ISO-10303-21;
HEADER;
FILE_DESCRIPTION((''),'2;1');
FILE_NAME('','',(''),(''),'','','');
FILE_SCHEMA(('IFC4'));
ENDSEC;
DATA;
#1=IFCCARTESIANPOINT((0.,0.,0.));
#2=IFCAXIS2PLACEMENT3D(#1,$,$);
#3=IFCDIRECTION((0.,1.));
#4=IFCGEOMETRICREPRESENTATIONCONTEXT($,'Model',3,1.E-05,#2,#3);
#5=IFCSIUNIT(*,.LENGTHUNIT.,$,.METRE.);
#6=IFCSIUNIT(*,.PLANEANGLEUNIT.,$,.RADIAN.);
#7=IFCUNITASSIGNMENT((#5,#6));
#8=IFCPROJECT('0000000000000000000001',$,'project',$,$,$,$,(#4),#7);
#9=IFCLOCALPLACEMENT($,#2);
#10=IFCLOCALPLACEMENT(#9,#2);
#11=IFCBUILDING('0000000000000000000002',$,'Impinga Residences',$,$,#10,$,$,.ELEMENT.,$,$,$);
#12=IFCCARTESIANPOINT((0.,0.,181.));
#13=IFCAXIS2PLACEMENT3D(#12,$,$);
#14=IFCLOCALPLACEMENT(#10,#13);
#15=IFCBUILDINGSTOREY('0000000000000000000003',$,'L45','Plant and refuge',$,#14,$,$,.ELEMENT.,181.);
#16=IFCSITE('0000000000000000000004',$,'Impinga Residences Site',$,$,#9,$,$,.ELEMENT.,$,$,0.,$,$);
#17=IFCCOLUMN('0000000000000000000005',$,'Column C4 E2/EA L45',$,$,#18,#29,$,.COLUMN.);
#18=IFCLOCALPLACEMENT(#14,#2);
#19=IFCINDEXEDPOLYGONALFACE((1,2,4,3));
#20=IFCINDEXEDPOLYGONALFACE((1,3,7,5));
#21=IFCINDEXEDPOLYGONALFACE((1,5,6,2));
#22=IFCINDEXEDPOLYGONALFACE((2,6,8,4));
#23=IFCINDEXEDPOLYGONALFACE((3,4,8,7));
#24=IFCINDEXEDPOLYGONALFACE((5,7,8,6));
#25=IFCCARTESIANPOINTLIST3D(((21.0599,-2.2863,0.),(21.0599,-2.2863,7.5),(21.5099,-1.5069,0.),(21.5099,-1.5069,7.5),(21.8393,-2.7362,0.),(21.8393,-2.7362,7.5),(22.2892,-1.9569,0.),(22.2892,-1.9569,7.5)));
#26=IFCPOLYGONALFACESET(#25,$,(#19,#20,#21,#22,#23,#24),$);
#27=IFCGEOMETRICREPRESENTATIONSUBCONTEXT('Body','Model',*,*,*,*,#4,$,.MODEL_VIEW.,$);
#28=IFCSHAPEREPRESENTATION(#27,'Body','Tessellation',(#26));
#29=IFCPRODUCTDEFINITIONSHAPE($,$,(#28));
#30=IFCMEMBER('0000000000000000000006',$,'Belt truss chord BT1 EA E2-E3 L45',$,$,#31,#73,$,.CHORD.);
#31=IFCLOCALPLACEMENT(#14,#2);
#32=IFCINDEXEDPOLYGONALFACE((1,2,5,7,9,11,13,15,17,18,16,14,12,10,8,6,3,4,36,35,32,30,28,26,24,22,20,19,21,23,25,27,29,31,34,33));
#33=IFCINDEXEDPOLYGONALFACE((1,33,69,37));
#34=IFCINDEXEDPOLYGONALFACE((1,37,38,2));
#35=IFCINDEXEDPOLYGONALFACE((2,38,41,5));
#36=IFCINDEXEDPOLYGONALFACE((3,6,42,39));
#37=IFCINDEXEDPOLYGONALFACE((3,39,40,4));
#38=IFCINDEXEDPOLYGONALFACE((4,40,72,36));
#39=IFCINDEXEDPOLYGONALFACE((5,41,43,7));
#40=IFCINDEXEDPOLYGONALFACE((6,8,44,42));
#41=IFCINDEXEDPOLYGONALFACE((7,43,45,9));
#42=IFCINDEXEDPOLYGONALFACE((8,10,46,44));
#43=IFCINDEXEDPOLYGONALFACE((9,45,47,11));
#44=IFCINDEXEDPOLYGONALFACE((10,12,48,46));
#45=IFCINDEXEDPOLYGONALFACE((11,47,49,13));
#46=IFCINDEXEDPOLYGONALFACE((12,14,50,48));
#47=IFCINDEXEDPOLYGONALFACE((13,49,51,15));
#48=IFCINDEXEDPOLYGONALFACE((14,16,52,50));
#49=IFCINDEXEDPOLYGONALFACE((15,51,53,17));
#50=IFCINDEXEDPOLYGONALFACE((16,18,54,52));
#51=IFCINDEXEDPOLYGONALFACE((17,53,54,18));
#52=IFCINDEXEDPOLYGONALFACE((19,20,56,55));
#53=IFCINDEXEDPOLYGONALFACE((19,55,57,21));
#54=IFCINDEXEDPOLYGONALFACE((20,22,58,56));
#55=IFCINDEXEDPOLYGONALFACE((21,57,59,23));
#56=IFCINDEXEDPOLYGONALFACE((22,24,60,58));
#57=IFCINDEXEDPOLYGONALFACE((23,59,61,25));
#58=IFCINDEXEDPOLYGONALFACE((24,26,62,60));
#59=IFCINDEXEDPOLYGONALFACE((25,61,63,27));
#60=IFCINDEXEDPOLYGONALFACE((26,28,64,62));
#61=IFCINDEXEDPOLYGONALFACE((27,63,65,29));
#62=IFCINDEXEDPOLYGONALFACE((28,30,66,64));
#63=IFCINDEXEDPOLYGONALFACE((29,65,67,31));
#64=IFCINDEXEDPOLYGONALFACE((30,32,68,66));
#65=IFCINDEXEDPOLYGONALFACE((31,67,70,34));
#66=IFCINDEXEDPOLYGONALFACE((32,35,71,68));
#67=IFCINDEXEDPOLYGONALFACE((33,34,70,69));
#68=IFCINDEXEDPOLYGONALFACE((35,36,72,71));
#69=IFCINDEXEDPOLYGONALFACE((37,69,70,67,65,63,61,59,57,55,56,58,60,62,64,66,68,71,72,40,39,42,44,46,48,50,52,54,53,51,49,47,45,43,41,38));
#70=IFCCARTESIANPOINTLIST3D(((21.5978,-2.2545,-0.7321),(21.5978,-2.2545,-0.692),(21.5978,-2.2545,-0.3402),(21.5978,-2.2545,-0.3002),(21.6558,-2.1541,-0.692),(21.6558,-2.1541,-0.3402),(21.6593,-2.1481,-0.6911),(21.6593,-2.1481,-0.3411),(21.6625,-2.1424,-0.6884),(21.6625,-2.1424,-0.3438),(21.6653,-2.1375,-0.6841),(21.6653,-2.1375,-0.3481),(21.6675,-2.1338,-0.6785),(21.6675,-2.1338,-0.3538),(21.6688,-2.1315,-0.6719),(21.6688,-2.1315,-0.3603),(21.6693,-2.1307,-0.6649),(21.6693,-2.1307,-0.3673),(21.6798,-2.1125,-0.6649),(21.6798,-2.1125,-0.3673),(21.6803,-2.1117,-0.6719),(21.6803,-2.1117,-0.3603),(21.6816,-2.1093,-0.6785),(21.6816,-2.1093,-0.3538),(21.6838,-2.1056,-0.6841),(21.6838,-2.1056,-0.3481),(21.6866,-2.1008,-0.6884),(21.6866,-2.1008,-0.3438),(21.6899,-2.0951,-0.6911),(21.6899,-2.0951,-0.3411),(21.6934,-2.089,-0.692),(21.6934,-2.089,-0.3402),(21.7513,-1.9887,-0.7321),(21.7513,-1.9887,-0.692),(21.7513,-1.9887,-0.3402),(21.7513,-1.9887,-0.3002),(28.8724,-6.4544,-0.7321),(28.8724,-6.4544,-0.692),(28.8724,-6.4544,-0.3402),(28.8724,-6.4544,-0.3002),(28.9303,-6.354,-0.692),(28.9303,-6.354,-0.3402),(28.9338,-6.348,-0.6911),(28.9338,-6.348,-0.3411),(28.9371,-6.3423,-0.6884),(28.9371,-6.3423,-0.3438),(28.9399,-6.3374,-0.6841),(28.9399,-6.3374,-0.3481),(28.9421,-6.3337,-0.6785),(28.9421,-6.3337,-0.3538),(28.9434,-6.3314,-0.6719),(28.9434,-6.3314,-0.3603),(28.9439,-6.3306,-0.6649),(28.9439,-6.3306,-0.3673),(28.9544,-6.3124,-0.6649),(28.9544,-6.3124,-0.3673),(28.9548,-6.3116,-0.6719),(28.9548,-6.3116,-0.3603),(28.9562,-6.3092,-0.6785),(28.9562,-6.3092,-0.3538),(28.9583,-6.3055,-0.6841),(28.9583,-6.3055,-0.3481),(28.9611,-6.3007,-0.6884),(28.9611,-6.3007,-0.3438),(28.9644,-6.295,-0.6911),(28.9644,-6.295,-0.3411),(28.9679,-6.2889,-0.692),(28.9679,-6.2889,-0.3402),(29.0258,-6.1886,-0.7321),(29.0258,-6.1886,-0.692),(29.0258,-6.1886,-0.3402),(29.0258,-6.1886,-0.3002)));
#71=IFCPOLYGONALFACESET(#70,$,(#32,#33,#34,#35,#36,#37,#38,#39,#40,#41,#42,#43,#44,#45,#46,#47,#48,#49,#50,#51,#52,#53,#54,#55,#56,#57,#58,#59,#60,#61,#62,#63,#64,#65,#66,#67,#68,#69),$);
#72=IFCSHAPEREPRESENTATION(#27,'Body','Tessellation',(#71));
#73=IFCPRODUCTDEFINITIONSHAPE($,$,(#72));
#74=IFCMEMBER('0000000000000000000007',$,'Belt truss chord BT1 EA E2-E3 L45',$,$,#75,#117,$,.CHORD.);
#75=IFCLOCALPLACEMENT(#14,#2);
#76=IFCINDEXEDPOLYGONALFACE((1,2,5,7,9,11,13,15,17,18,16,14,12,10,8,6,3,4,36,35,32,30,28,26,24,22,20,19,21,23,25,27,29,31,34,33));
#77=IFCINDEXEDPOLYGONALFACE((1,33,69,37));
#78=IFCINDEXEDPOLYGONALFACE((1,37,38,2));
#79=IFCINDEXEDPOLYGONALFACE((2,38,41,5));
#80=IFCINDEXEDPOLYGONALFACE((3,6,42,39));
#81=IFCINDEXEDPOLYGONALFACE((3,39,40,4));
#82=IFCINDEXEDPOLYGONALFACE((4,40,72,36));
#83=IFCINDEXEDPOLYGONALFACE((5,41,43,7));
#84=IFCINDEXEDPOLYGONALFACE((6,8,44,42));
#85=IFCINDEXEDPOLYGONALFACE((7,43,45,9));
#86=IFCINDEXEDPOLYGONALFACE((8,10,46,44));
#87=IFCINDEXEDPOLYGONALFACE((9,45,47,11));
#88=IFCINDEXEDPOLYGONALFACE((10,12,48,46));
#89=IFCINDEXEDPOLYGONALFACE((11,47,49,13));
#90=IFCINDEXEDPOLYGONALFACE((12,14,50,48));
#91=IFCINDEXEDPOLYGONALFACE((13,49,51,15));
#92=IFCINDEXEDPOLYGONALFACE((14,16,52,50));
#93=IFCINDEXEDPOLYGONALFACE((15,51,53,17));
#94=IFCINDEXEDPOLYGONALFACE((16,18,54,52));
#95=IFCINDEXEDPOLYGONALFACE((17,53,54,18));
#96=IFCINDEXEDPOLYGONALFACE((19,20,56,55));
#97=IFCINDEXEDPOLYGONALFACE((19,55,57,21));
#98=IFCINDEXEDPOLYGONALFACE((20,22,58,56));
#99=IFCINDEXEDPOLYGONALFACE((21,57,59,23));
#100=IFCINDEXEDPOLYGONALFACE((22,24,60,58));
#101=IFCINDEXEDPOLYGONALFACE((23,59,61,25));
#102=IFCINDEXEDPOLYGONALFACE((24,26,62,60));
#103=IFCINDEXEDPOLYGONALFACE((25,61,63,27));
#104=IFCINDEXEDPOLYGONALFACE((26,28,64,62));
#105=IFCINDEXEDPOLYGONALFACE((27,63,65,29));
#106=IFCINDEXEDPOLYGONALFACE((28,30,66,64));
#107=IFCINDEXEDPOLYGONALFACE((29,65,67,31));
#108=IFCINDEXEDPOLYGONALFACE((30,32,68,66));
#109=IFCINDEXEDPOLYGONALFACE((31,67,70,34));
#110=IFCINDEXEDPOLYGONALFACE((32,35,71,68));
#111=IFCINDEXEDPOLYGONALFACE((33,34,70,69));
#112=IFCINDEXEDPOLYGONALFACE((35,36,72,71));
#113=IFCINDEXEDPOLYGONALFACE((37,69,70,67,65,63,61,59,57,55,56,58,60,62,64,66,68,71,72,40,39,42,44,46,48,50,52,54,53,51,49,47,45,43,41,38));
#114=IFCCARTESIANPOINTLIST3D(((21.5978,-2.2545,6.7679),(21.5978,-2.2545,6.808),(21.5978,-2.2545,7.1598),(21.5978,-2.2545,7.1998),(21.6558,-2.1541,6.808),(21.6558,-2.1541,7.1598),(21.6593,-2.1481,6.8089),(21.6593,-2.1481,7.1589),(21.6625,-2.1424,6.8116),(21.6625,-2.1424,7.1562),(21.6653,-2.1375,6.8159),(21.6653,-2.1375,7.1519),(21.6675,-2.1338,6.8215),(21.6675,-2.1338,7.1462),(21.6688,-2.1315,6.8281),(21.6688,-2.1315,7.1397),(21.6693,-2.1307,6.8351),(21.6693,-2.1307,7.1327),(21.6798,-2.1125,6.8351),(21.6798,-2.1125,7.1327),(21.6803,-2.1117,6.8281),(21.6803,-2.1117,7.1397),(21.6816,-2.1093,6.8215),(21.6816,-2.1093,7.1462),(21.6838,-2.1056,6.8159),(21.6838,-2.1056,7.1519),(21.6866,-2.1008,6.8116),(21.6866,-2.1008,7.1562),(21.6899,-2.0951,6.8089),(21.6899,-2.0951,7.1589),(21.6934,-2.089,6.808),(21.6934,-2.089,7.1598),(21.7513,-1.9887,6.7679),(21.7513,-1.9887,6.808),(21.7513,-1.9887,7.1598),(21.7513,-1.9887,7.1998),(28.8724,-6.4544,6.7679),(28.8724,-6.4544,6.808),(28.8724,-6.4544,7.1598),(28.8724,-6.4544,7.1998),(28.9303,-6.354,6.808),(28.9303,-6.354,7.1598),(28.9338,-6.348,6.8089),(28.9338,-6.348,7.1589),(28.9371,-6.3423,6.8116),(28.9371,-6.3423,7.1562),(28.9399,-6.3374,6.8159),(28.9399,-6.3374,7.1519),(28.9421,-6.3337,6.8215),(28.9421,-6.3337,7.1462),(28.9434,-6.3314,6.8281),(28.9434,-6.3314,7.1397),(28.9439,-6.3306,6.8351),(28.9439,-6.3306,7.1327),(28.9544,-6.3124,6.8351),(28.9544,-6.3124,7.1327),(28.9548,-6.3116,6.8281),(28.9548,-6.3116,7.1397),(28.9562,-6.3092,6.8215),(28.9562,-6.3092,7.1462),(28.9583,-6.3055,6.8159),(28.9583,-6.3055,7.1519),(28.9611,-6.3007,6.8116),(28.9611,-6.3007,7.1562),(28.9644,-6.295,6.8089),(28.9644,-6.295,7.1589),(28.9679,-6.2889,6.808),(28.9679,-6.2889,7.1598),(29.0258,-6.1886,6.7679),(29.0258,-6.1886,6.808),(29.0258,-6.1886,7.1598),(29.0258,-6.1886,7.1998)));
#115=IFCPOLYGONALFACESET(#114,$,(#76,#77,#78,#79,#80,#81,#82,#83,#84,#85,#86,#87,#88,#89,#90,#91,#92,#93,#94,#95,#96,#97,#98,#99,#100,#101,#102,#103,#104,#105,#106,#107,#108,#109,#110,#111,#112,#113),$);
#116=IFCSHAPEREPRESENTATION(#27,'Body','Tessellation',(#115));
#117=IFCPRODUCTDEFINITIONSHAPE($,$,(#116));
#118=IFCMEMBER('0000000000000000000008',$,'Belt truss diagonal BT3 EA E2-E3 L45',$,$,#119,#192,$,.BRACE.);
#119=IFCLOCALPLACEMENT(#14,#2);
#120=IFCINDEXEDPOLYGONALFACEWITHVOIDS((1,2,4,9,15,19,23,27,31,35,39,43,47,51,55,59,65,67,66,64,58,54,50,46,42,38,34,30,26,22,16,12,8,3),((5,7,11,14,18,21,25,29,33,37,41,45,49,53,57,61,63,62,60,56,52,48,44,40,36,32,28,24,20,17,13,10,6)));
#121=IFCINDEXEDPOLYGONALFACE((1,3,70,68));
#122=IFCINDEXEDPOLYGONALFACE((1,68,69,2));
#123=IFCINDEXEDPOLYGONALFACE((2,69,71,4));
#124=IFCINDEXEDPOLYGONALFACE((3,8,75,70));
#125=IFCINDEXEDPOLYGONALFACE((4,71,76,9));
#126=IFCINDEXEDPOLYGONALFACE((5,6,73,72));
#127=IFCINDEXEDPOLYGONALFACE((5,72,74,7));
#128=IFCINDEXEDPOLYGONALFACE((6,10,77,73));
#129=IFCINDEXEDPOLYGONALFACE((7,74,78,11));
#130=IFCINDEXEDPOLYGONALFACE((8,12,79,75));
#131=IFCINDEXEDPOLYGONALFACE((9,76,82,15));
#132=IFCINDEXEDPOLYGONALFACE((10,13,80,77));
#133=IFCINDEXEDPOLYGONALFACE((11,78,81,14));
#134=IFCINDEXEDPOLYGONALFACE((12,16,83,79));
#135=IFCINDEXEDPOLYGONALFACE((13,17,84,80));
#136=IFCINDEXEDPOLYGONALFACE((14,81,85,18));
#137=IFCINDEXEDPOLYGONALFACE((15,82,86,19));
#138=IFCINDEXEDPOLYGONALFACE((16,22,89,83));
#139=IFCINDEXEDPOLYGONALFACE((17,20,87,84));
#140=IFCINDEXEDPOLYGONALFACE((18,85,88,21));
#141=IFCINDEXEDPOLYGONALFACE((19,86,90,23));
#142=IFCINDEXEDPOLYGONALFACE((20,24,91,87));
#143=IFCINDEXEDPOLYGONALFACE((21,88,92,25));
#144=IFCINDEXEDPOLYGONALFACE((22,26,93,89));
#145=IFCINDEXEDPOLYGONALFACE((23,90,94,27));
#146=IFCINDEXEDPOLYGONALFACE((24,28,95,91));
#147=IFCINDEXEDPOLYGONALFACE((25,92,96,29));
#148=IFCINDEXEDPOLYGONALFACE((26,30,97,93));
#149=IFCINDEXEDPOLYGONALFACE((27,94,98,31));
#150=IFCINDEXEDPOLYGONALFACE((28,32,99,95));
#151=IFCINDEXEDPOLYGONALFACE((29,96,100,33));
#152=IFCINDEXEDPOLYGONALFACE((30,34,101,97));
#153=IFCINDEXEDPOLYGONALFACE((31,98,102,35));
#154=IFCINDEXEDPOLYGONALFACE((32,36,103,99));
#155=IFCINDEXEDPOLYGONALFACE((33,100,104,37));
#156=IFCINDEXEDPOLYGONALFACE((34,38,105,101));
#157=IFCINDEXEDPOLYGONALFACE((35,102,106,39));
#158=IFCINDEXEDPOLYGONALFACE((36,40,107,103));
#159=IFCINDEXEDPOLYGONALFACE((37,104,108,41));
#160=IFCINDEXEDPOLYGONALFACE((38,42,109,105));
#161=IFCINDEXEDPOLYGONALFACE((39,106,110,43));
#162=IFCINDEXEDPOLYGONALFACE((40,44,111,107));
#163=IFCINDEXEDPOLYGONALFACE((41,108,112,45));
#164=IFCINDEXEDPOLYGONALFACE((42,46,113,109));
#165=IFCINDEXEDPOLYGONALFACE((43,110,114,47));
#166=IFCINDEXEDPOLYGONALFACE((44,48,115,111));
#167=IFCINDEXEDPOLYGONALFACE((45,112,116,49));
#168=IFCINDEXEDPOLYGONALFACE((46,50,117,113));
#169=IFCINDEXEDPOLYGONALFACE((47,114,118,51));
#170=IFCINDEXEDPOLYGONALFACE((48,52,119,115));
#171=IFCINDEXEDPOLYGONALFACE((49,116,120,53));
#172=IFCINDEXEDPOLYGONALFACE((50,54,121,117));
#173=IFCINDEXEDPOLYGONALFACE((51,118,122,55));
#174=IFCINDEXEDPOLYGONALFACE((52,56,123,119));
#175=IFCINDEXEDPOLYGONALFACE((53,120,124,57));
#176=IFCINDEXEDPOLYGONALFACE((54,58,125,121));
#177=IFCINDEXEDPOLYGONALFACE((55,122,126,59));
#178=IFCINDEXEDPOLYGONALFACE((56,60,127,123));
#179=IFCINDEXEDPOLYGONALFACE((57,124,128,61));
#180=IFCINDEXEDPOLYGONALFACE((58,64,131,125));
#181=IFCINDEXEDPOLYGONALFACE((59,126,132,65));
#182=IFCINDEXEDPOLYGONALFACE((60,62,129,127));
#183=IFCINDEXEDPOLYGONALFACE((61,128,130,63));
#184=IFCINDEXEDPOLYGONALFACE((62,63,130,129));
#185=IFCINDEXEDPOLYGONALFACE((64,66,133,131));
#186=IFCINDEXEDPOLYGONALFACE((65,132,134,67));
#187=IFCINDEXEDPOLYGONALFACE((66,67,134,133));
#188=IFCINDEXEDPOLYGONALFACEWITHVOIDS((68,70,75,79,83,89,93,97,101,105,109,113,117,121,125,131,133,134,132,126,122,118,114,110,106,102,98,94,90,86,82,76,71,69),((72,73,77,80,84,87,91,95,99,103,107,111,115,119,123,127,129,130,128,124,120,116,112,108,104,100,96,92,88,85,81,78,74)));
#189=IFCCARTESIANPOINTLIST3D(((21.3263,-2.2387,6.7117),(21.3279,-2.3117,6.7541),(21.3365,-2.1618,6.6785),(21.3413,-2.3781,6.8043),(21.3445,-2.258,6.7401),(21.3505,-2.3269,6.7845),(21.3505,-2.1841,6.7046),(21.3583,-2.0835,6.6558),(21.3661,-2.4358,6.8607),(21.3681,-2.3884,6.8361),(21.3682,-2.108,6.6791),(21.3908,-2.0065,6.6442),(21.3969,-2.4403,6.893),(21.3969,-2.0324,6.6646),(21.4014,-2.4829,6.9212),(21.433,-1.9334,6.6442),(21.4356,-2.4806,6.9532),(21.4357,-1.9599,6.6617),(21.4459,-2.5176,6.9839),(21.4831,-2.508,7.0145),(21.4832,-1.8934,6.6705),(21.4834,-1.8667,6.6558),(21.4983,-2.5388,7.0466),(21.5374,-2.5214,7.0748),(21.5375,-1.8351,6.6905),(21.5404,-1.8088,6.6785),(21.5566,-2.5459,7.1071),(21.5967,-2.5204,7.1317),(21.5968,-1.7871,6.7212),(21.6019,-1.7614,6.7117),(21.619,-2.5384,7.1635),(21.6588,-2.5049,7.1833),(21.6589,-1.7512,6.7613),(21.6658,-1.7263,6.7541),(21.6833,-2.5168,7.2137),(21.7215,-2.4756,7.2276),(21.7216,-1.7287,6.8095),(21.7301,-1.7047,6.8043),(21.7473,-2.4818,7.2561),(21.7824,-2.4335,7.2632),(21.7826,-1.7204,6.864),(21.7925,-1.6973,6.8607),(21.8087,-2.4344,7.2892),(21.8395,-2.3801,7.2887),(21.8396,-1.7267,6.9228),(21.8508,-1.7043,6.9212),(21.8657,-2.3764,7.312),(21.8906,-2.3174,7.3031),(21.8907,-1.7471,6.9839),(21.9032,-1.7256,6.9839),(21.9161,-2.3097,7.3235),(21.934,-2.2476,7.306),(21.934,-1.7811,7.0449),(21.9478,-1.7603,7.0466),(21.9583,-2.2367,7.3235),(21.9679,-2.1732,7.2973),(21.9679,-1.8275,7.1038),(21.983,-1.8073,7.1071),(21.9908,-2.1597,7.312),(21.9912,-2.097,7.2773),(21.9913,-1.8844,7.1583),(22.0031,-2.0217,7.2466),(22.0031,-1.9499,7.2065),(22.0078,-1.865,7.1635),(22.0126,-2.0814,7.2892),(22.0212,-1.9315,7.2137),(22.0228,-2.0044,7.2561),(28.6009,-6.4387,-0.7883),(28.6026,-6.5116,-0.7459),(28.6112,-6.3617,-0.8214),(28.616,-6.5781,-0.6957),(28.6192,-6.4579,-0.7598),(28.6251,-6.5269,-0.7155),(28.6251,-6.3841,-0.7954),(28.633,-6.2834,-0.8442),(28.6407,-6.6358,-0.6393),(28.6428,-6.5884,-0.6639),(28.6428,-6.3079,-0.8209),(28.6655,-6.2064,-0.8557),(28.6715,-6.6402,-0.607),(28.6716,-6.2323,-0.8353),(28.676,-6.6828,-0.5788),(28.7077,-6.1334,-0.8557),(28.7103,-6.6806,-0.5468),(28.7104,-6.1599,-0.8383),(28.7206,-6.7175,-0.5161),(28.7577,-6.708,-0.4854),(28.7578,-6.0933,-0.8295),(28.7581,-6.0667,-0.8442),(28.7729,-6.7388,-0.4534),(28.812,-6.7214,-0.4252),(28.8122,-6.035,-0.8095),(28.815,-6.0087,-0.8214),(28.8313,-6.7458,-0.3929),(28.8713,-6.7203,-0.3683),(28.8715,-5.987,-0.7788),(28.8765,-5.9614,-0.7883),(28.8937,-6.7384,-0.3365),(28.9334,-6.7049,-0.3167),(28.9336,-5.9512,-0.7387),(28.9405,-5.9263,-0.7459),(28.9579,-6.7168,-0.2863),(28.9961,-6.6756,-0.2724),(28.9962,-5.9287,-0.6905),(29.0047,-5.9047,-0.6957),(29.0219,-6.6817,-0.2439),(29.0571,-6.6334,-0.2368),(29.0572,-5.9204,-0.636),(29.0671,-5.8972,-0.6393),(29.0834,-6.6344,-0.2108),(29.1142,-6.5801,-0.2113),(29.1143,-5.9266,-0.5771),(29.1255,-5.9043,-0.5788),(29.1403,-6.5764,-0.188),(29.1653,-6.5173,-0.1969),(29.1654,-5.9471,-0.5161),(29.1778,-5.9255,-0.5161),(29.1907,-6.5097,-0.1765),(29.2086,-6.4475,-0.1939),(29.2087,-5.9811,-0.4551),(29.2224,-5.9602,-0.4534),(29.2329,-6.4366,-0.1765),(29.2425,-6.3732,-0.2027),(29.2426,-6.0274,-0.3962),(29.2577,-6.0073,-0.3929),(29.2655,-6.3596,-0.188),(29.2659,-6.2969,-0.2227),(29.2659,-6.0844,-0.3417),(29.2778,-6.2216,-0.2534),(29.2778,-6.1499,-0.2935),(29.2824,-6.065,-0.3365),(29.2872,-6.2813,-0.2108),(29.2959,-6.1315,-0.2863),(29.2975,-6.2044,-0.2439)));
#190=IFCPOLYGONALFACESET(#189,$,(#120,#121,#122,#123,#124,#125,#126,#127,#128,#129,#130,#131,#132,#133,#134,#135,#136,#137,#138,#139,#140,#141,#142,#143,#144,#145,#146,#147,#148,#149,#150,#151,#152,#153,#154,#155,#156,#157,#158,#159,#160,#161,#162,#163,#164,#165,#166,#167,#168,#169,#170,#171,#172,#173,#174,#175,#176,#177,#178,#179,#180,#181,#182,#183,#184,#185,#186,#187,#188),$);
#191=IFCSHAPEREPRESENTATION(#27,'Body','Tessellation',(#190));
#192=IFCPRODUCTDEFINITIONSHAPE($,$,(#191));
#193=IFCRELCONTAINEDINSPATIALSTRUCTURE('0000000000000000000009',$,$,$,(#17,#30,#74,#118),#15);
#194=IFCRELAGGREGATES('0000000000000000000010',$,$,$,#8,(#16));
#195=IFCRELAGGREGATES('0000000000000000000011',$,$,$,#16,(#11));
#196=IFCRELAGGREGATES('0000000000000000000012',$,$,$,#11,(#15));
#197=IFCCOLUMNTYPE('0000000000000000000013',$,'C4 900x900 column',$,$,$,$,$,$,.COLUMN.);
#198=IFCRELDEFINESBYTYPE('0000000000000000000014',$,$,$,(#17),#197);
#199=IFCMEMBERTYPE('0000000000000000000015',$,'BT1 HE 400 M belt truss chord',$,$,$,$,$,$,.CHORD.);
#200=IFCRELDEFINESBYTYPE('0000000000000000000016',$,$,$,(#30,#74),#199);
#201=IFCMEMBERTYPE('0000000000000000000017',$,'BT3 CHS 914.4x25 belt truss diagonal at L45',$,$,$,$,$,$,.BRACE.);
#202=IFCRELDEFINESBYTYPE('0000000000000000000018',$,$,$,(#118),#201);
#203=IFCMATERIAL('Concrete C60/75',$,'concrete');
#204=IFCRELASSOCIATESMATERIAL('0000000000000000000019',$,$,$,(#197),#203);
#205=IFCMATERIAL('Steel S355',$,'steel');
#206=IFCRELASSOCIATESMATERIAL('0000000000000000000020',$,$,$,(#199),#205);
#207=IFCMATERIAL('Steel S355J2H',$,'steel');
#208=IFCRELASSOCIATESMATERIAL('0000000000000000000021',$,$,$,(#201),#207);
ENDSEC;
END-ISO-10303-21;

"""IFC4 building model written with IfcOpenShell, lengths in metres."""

from ifc_helpers import new_model, si_unit, direction, frame, origin, origin_2d, place, context, subcontext, project, spatial, rectangle, hollow_circle, i_section, extrude, material, material_profile, profile_set, type_object, element, save


model = new_model("IFC4")

# Units and contexts
model_context = context("Model", 3, precision=1e-05, world=origin(), true_north=direction((0.0, 1.0)))
body_context = subcontext(model_context, "Body", "Model", "MODEL_VIEW")
ifc_project = project(units=[si_unit("LENGTHUNIT", "METRE"), si_unit("PLANEANGLEUNIT", "RADIAN")], contexts=[model_context])

# Site, building, storey
site_placement = place(None, origin())
site = spatial("IfcSite", under=ifc_project, at=site_placement, Name="Impinga Residences Site", CompositionType="ELEMENT", RefElevation=0.0)
building_placement = place(site_placement, origin())
building = spatial("IfcBuilding", under=site, at=building_placement, Name="Impinga Residences", CompositionType="ELEMENT")
storey_placement = place(building_placement, frame((0.0, 0.0, 181.0)))
storey = spatial("IfcBuildingStorey", under=building, at=storey_placement, Name="L45", Description="Plant and refuge", CompositionType="ELEMENT", Elevation=181.0)

# Column
ifc_material_1 = material(Name="Concrete C60/75", Category="concrete")
ifc_material_profile_1 = material_profile(ifc_material_1, rectangle(XDim=0.8999, YDim=0.8999, at=origin_2d()), Name="RC 900x900")
ifc_profile_set_1 = profile_set([ifc_material_profile_1], Name="Concrete C60/75")
column_type = type_object("IfcColumnType", Name="C4 900x900 column", PredefinedType="COLUMN", material=ifc_profile_set_1)
column_placement = place(storey_placement, frame((21.6746, -2.1216, 0.0), z_axis=(0.0, 0.0, 1.0), x_axis=(-0.5, -0.866025, 0.0)))
element("IfcColumn", 1, at=column_placement, inside=storey, type_object=column_type, Name="Column C4 E2/EA L45", PredefinedType="COLUMN", context=body_context, shape_type="SweptSolid", body=[
    extrude(rectangle(XDim=0.8999, YDim=0.8999, at=origin_2d()), origin(), (0.0, 0.0, 1.0), 7.5),
])

# Members
ifc_material_2 = material(Name="Steel S355", Category="steel")
ifc_material_profile_2 = material_profile(ifc_material_2, i_section(OverallWidth=0.3069, OverallDepth=0.4319, WebThickness=0.021, FlangeThickness=0.04, FilletRadius=0.0271, at=origin_2d()), Name="HE 400 M")
ifc_profile_set_2 = profile_set([ifc_material_profile_2], Name="Steel S355")
member_type_1 = type_object("IfcMemberType", Name="BT1 HE 400 M belt truss chord", PredefinedType="CHORD", material=ifc_profile_set_2)
for number, where, z_axis, x_axis, name in (
    (2, (21.6746, -2.1216, -0.5161), (0.866029, -0.499993, 0.0), (0.499993, 0.866029, 0.0), "Belt truss chord BT1 EA E2-E3 L45"),
    (3, (21.6746, -2.1216, 6.9839), (0.866029, -0.499993, 0.0), (0.499993, 0.866029, 0.0), "Belt truss chord BT1 EA E2-E3 L45"),
):
    element("IfcMember", number, at=place(storey_placement, frame(where, z_axis=z_axis, x_axis=x_axis)), inside=storey, type_object=member_type_1, Name=name, PredefinedType="CHORD", context=body_context, shape_type="SweptSolid", body=[
        extrude(i_section(OverallWidth=0.3069, OverallDepth=0.4319, WebThickness=0.021, FlangeThickness=0.04, FilletRadius=0.0271, at=origin_2d()), origin(), (0.0, 0.0, 1.0), 8.3999),
    ])
ifc_material_3 = material(Name="Steel S355J2H", Category="steel")
ifc_material_profile_3 = material_profile(ifc_material_3, hollow_circle(Radius=0.4573, WallThickness=0.0249, at=origin_2d()), Name="CHS 914.4x25")
ifc_profile_set_3 = profile_set([ifc_material_profile_3], Name="Steel S355J2H")
member_type_2 = type_object("IfcMemberType", Name="BT3 CHS 914.4x25 belt truss diagonal at L45", PredefinedType="BRACE", material=ifc_profile_set_3)
member_1_placement = place(storey_placement, frame((21.6746, -2.1216, 6.9839), z_axis=(0.646004, -0.372964, -0.666015), x_axis=(0.499993, 0.866029, 0.0)))
element("IfcMember", 4, at=member_1_placement, inside=storey, type_object=member_type_2, Name="Belt truss diagonal BT3 EA E2-E3 L45", PredefinedType="BRACE", context=body_context, shape_type="SweptSolid", body=[
    extrude(hollow_circle(Radius=0.4573, WallThickness=0.0249, at=origin_2d()), origin(), (0.0, 0.0, 1.0), 11.261),
])

save(model, "model.ifc")
